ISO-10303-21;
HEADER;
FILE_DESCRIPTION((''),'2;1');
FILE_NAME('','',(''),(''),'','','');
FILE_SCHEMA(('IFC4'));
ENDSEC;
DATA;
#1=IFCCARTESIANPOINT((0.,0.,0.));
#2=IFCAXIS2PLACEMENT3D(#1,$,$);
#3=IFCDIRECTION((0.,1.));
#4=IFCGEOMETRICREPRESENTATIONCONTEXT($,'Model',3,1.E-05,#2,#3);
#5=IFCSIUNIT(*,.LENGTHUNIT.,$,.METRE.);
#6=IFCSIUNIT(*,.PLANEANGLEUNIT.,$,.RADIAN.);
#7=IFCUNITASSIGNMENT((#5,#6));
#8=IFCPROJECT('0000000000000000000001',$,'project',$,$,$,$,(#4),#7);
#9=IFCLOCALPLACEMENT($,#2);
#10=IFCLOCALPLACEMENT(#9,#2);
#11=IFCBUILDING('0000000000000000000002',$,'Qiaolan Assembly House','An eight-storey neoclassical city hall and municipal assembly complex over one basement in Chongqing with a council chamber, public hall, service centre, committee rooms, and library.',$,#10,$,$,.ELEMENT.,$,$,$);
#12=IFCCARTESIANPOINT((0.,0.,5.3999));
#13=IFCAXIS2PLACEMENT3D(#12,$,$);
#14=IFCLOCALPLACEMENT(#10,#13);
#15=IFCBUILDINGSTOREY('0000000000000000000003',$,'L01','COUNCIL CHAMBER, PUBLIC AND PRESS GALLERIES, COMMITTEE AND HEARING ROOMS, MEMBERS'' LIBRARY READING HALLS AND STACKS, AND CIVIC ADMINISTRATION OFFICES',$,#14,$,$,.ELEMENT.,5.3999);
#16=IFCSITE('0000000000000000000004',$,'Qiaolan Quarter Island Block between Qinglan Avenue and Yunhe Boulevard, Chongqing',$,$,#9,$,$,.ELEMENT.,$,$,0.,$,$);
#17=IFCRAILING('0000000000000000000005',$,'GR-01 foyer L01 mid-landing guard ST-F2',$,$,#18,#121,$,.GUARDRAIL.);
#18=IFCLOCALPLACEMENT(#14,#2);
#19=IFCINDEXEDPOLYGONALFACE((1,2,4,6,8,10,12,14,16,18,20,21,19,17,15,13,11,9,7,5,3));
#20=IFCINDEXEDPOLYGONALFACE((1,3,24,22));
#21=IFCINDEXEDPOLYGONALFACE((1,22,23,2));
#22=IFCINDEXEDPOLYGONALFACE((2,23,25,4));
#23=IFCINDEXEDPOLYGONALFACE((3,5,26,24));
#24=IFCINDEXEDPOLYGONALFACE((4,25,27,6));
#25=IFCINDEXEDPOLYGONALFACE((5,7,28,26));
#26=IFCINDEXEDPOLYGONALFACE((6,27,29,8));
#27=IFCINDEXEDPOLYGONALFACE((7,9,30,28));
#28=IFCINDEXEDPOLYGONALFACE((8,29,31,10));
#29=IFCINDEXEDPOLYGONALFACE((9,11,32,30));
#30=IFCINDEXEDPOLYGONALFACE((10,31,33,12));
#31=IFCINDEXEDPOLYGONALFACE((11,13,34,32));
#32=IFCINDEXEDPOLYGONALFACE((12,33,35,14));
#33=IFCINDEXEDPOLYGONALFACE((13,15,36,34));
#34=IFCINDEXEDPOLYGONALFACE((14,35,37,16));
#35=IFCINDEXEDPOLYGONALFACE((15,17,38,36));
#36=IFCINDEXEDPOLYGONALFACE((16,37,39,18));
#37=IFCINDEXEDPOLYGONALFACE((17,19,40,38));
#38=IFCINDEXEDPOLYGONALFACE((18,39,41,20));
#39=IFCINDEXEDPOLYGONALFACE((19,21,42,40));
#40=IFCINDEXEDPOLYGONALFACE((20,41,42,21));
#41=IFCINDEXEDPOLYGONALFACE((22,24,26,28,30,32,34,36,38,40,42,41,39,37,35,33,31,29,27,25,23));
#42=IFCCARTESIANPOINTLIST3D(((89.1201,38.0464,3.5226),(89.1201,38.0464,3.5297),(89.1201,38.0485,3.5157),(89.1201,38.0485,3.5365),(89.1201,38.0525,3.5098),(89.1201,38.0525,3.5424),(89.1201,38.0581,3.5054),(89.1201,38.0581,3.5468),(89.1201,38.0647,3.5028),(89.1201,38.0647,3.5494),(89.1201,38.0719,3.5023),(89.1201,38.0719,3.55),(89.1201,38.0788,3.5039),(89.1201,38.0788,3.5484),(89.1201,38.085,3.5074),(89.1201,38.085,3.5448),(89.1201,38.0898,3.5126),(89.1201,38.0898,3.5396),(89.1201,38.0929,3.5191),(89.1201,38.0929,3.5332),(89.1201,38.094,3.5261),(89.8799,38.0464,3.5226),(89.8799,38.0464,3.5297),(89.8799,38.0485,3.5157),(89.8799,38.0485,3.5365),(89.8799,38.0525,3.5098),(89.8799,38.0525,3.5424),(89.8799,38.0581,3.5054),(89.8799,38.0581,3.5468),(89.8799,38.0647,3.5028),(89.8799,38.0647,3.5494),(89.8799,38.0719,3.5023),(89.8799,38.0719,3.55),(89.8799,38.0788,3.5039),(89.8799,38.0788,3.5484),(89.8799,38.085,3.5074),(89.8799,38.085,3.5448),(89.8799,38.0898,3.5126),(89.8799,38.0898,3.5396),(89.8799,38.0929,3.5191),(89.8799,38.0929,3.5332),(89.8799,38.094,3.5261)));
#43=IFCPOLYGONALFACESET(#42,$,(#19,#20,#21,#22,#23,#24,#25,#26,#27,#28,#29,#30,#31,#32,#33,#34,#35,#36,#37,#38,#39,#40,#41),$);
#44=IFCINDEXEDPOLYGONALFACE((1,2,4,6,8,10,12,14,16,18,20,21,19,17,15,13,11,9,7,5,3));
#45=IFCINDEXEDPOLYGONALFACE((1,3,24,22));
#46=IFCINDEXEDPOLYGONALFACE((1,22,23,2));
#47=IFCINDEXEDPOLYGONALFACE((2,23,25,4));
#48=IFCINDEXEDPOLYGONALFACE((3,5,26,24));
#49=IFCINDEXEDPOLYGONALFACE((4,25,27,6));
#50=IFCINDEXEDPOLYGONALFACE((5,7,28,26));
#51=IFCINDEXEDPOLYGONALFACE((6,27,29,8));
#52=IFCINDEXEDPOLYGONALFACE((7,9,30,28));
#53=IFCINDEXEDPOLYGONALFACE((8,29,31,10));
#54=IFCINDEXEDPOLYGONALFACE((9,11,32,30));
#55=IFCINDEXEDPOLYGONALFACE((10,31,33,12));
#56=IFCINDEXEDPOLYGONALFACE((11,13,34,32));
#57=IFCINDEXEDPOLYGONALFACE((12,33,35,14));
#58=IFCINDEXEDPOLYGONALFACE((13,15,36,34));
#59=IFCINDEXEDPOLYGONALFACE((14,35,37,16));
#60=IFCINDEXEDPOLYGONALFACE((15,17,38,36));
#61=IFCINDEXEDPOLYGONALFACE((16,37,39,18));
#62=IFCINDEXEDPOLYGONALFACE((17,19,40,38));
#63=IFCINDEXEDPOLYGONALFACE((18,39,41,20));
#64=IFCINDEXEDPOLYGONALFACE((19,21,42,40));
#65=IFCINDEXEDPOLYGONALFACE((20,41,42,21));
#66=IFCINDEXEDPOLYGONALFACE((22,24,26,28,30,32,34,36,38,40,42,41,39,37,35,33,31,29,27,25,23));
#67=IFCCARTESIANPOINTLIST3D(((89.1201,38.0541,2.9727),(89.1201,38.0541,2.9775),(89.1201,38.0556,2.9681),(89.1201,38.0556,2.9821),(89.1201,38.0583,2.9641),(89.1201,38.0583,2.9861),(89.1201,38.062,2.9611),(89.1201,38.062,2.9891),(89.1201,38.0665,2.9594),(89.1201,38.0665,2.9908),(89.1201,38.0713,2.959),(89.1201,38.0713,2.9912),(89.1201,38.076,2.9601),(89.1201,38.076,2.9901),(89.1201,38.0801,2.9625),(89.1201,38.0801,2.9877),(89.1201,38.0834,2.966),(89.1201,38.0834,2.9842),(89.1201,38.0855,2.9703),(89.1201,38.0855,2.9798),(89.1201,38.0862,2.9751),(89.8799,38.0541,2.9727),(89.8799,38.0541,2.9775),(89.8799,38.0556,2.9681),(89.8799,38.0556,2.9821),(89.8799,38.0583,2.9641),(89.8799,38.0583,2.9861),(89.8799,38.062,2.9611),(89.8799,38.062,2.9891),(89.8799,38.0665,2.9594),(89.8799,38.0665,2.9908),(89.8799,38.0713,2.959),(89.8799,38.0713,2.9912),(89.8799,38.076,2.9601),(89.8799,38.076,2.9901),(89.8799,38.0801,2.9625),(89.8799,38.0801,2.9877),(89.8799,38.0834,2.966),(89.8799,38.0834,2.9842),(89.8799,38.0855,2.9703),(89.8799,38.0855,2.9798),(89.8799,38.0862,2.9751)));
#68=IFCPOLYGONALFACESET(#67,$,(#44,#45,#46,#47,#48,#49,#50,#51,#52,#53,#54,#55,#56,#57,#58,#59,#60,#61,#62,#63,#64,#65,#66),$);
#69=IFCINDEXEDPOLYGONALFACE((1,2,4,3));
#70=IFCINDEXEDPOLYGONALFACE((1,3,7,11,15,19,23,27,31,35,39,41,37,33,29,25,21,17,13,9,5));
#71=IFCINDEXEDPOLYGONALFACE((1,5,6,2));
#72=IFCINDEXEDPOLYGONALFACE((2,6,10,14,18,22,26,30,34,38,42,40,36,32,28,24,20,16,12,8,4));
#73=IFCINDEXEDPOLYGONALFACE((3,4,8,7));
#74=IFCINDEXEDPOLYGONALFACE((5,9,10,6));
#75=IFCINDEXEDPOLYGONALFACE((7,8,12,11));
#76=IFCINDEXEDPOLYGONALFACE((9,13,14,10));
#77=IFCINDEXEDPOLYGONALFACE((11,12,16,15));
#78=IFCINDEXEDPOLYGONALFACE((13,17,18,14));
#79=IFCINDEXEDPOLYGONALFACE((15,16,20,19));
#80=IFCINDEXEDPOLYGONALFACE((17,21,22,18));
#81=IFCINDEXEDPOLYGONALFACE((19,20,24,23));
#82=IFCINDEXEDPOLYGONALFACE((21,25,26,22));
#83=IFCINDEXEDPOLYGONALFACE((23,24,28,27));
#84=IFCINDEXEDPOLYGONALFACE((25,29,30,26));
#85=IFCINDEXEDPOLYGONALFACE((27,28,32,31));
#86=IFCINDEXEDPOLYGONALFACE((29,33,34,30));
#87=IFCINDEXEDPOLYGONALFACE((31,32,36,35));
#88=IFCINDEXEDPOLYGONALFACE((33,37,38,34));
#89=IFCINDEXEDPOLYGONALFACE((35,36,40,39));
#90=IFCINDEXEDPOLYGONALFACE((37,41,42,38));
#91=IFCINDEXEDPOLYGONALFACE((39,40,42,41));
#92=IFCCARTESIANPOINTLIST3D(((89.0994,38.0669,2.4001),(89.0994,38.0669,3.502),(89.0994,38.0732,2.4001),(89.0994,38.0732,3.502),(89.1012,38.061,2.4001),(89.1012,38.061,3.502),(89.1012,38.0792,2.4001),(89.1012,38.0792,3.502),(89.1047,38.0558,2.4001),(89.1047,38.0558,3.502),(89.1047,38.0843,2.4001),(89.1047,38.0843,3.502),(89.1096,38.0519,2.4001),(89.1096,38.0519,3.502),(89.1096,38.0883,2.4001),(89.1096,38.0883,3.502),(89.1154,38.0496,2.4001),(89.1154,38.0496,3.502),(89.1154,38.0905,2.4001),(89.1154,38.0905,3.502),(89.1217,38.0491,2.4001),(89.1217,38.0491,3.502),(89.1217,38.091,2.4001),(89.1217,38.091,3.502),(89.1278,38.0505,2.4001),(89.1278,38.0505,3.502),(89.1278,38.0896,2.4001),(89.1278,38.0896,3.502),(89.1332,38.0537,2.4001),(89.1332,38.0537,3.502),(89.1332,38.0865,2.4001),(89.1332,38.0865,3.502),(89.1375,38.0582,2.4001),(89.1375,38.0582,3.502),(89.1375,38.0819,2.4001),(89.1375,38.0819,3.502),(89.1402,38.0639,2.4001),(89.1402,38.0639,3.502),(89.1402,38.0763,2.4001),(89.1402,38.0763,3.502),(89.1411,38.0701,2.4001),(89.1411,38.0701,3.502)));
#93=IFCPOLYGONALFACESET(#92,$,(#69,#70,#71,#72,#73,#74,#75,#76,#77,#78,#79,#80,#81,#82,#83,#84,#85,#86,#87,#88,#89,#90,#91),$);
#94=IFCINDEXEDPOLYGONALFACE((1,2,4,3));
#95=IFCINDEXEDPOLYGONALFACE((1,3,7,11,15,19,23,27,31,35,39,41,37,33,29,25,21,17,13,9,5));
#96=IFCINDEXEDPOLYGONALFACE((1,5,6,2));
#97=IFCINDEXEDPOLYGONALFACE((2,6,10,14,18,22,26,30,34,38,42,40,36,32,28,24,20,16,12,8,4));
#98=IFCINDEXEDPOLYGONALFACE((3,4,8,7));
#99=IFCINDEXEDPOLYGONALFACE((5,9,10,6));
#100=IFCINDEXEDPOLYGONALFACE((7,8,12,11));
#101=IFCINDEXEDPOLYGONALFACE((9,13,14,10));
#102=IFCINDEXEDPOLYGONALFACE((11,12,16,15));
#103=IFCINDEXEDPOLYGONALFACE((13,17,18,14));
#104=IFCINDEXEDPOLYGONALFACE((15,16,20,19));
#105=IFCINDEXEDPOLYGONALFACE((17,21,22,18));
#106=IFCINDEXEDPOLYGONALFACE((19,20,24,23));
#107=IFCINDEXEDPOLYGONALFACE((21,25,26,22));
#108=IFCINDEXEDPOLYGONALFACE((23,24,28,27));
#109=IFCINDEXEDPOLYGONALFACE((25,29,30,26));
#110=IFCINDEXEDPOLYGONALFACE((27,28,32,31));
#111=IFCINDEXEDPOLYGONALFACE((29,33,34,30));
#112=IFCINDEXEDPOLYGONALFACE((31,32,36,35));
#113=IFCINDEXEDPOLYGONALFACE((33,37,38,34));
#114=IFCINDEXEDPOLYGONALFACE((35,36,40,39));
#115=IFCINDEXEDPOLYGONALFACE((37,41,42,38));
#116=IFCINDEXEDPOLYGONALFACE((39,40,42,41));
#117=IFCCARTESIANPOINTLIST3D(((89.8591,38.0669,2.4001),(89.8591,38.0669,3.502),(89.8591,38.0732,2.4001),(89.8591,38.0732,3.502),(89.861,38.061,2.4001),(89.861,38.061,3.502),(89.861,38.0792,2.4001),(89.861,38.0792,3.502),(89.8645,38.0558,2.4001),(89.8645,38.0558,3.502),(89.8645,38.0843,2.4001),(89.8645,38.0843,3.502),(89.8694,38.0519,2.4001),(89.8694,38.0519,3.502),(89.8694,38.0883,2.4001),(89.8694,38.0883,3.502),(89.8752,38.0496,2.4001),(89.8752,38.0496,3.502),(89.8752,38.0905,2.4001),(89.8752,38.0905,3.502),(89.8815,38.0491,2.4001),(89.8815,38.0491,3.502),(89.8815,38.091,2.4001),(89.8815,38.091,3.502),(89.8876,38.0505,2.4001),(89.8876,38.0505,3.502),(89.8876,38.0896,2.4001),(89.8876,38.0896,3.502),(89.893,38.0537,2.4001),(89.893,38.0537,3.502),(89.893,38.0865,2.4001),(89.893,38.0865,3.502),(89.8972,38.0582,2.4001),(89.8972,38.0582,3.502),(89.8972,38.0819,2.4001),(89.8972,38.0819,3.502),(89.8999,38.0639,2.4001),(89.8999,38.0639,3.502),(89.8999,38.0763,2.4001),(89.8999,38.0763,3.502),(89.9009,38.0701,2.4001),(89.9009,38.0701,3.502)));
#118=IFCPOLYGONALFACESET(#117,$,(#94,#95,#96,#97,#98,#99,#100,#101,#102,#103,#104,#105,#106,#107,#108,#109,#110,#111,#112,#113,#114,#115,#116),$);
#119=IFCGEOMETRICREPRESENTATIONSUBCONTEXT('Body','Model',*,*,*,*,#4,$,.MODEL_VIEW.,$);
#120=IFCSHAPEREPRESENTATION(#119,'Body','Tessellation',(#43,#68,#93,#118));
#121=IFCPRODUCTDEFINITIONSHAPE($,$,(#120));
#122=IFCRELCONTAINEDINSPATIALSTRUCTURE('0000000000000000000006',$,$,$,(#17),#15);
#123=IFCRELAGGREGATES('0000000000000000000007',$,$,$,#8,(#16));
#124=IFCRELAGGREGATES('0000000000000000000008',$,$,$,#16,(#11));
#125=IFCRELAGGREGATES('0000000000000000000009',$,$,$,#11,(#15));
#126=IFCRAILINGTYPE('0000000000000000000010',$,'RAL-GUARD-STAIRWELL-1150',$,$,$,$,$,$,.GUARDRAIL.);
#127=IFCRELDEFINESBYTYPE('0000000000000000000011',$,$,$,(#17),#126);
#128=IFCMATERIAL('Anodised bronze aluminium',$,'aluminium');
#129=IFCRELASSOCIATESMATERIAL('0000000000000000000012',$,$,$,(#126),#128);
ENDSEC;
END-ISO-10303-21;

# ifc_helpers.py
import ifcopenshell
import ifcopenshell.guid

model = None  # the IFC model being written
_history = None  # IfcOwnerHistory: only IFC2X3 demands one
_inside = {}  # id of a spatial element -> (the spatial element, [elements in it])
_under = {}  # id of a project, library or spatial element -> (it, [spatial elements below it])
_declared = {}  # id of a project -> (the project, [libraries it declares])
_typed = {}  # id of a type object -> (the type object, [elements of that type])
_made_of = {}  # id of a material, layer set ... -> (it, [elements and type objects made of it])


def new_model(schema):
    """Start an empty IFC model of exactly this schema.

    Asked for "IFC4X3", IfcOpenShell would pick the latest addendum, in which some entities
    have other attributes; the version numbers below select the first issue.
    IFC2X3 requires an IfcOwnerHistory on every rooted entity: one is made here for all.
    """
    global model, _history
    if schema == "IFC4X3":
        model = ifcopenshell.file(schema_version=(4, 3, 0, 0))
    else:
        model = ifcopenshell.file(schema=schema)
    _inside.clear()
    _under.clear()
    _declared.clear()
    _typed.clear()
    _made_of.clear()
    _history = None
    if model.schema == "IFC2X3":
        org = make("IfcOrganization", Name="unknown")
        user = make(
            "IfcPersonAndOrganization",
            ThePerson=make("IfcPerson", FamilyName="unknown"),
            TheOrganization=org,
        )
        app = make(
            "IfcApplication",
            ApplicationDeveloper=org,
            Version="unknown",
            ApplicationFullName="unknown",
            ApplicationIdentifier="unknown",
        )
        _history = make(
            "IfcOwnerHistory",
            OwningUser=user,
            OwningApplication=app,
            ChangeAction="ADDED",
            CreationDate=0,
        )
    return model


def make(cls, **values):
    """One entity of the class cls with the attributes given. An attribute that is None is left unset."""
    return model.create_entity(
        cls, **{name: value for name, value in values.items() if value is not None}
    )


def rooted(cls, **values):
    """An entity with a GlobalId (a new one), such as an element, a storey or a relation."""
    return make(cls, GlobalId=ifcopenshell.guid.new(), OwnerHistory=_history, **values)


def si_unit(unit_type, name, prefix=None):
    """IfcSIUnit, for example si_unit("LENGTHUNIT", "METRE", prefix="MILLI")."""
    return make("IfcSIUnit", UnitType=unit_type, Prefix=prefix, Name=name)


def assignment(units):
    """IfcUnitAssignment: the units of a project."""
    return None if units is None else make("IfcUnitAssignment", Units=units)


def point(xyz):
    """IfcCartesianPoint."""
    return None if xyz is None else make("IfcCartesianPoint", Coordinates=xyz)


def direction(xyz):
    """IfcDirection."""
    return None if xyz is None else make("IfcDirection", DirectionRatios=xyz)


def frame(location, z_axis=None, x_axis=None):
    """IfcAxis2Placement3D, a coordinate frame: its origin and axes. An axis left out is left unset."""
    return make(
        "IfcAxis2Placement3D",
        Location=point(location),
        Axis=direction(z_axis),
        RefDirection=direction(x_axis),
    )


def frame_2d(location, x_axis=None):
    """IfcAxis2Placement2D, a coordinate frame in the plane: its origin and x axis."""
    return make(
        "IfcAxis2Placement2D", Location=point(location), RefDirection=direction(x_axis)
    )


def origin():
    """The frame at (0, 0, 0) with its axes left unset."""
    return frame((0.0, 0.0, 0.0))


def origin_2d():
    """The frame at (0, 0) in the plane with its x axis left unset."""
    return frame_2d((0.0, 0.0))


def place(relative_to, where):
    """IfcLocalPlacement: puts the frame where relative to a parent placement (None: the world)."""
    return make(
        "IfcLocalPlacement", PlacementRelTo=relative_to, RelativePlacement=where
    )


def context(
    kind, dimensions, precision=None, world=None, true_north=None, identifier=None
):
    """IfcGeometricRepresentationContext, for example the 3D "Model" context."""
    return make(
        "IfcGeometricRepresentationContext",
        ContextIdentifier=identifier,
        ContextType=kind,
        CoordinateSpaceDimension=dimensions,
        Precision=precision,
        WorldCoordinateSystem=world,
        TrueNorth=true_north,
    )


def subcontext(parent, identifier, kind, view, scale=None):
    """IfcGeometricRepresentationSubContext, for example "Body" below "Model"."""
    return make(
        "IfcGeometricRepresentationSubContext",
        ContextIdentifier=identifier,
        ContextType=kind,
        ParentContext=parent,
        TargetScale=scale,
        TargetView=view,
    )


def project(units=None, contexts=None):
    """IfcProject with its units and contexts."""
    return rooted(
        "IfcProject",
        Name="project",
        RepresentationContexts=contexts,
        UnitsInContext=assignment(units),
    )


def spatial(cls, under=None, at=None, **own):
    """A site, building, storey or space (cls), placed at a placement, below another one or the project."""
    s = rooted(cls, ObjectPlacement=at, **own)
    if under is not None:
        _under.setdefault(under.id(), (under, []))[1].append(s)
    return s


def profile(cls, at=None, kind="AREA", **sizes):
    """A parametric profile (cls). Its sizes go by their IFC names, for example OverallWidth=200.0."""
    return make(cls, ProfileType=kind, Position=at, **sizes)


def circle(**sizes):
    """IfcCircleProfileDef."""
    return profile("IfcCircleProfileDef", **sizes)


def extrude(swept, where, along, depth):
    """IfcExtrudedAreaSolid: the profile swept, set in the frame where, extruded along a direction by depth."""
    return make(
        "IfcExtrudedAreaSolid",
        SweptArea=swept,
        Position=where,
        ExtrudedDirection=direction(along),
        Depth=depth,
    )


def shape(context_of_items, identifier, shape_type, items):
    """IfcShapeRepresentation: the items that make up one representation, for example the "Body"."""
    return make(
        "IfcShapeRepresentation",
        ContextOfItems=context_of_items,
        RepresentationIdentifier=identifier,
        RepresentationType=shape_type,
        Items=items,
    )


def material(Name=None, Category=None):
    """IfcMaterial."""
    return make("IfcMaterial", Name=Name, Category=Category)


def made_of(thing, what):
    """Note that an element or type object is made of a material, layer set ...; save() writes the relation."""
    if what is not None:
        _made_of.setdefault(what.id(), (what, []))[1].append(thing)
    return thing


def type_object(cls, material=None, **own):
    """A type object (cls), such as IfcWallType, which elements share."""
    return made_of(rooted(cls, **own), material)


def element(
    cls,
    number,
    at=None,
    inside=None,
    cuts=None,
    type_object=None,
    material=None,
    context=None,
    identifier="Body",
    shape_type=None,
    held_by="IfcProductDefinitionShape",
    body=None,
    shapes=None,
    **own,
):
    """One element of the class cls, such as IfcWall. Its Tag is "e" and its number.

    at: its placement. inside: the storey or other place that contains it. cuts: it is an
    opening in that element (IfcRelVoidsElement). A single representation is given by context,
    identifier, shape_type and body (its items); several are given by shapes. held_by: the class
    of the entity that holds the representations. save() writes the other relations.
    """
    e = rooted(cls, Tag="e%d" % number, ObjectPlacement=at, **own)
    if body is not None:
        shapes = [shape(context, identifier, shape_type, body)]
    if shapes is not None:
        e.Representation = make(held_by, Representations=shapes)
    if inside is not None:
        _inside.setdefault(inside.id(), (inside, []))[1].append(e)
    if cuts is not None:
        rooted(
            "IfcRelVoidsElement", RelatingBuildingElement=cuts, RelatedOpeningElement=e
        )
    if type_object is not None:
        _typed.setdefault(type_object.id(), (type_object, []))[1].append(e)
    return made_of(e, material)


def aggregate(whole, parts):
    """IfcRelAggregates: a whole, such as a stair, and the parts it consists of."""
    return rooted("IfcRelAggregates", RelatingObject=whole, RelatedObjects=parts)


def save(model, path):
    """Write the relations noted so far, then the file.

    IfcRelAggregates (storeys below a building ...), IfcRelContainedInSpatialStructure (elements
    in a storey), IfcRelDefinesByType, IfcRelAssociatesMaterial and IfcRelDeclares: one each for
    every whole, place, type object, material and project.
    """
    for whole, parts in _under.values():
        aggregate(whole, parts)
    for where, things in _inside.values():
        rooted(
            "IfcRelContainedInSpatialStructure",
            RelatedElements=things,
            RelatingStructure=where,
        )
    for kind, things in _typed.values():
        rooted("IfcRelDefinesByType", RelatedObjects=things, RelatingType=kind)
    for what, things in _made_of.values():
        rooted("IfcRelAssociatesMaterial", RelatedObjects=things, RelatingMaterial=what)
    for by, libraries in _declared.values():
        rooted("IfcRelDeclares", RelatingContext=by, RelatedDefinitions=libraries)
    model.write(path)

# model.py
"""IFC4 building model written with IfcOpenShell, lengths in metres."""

from ifc_helpers import new_model, si_unit, direction, frame, origin, origin_2d, place, context, subcontext, project, spatial, circle, extrude, material, type_object, element, save


model = new_model("IFC4")

# Units and contexts
model_context = context("Model", 3, precision=1e-05, world=origin(), true_north=direction((0.0, 1.0)))
body_context = subcontext(model_context, "Body", "Model", "MODEL_VIEW")
ifc_project = project(units=[si_unit("LENGTHUNIT", "METRE"), si_unit("PLANEANGLEUNIT", "RADIAN")], contexts=[model_context])

# Site, building, storey
site_placement = place(None, origin())
site = spatial("IfcSite", under=ifc_project, at=site_placement, Name="Qiaolan Quarter Island Block between Qinglan Avenue and Yunhe Boulevard, Chongqing", CompositionType="ELEMENT", RefElevation=0.0)
building_placement = place(site_placement, origin())
building = spatial("IfcBuilding", under=site, at=building_placement, Name="Qiaolan Assembly House", Description="An eight-storey neoclassical city hall and municipal assembly complex over one basement in Chongqing with a council chamber, public hall, service centre, committee rooms, and library.", CompositionType="ELEMENT")
storey_placement = place(building_placement, frame((0.0, 0.0, 5.3999)))
storey = spatial("IfcBuildingStorey", under=building, at=storey_placement, Name="L01", Description="COUNCIL CHAMBER, PUBLIC AND PRESS GALLERIES, COMMITTEE AND HEARING ROOMS, MEMBERS' LIBRARY READING HALLS AND STACKS, AND CIVIC ADMINISTRATION OFFICES", CompositionType="ELEMENT", Elevation=5.3999)

# Railing
ifc_material_1 = material(Name="Anodised bronze aluminium", Category="aluminium")
railing_type = type_object("IfcRailingType", Name="RAL-GUARD-STAIRWELL-1150", PredefinedType="GUARDRAIL", material=ifc_material_1)
railing_1_placement = place(storey_placement, frame((89.1201, 38.0701, 2.4001)))
element("IfcRailing", 1, at=railing_1_placement, inside=storey, type_object=railing_type, Name="GR-01 foyer L01 mid-landing guard ST-F2", PredefinedType="GUARDRAIL", context=body_context, shape_type="SweptSolid", body=[
    extrude(circle(Radius=0.0239, at=origin_2d()), frame((0.0, 0.0, 1.126), z_axis=(1.0, 0.0, 0.0), x_axis=(0.0, 1.0, 0.0)), (0.0, 0.0, 1.0), 0.7598),
    extrude(circle(Radius=0.0161, at=origin_2d()), frame((0.0, 0.0, 0.575), z_axis=(1.0, 0.0, 0.0), x_axis=(0.0, 1.0, 0.0)), (0.0, 0.0, 1.0), 0.7598),
    extrude(circle(Radius=0.021, at=origin_2d()), origin(), (0.0, 0.0, 1.0), 1.1018),
    extrude(circle(Radius=0.021, at=origin_2d()), frame((0.7598, 0.0, 0.0)), (0.0, 0.0, 1.0), 1.1018),
])

save(model, "model.ifc")
